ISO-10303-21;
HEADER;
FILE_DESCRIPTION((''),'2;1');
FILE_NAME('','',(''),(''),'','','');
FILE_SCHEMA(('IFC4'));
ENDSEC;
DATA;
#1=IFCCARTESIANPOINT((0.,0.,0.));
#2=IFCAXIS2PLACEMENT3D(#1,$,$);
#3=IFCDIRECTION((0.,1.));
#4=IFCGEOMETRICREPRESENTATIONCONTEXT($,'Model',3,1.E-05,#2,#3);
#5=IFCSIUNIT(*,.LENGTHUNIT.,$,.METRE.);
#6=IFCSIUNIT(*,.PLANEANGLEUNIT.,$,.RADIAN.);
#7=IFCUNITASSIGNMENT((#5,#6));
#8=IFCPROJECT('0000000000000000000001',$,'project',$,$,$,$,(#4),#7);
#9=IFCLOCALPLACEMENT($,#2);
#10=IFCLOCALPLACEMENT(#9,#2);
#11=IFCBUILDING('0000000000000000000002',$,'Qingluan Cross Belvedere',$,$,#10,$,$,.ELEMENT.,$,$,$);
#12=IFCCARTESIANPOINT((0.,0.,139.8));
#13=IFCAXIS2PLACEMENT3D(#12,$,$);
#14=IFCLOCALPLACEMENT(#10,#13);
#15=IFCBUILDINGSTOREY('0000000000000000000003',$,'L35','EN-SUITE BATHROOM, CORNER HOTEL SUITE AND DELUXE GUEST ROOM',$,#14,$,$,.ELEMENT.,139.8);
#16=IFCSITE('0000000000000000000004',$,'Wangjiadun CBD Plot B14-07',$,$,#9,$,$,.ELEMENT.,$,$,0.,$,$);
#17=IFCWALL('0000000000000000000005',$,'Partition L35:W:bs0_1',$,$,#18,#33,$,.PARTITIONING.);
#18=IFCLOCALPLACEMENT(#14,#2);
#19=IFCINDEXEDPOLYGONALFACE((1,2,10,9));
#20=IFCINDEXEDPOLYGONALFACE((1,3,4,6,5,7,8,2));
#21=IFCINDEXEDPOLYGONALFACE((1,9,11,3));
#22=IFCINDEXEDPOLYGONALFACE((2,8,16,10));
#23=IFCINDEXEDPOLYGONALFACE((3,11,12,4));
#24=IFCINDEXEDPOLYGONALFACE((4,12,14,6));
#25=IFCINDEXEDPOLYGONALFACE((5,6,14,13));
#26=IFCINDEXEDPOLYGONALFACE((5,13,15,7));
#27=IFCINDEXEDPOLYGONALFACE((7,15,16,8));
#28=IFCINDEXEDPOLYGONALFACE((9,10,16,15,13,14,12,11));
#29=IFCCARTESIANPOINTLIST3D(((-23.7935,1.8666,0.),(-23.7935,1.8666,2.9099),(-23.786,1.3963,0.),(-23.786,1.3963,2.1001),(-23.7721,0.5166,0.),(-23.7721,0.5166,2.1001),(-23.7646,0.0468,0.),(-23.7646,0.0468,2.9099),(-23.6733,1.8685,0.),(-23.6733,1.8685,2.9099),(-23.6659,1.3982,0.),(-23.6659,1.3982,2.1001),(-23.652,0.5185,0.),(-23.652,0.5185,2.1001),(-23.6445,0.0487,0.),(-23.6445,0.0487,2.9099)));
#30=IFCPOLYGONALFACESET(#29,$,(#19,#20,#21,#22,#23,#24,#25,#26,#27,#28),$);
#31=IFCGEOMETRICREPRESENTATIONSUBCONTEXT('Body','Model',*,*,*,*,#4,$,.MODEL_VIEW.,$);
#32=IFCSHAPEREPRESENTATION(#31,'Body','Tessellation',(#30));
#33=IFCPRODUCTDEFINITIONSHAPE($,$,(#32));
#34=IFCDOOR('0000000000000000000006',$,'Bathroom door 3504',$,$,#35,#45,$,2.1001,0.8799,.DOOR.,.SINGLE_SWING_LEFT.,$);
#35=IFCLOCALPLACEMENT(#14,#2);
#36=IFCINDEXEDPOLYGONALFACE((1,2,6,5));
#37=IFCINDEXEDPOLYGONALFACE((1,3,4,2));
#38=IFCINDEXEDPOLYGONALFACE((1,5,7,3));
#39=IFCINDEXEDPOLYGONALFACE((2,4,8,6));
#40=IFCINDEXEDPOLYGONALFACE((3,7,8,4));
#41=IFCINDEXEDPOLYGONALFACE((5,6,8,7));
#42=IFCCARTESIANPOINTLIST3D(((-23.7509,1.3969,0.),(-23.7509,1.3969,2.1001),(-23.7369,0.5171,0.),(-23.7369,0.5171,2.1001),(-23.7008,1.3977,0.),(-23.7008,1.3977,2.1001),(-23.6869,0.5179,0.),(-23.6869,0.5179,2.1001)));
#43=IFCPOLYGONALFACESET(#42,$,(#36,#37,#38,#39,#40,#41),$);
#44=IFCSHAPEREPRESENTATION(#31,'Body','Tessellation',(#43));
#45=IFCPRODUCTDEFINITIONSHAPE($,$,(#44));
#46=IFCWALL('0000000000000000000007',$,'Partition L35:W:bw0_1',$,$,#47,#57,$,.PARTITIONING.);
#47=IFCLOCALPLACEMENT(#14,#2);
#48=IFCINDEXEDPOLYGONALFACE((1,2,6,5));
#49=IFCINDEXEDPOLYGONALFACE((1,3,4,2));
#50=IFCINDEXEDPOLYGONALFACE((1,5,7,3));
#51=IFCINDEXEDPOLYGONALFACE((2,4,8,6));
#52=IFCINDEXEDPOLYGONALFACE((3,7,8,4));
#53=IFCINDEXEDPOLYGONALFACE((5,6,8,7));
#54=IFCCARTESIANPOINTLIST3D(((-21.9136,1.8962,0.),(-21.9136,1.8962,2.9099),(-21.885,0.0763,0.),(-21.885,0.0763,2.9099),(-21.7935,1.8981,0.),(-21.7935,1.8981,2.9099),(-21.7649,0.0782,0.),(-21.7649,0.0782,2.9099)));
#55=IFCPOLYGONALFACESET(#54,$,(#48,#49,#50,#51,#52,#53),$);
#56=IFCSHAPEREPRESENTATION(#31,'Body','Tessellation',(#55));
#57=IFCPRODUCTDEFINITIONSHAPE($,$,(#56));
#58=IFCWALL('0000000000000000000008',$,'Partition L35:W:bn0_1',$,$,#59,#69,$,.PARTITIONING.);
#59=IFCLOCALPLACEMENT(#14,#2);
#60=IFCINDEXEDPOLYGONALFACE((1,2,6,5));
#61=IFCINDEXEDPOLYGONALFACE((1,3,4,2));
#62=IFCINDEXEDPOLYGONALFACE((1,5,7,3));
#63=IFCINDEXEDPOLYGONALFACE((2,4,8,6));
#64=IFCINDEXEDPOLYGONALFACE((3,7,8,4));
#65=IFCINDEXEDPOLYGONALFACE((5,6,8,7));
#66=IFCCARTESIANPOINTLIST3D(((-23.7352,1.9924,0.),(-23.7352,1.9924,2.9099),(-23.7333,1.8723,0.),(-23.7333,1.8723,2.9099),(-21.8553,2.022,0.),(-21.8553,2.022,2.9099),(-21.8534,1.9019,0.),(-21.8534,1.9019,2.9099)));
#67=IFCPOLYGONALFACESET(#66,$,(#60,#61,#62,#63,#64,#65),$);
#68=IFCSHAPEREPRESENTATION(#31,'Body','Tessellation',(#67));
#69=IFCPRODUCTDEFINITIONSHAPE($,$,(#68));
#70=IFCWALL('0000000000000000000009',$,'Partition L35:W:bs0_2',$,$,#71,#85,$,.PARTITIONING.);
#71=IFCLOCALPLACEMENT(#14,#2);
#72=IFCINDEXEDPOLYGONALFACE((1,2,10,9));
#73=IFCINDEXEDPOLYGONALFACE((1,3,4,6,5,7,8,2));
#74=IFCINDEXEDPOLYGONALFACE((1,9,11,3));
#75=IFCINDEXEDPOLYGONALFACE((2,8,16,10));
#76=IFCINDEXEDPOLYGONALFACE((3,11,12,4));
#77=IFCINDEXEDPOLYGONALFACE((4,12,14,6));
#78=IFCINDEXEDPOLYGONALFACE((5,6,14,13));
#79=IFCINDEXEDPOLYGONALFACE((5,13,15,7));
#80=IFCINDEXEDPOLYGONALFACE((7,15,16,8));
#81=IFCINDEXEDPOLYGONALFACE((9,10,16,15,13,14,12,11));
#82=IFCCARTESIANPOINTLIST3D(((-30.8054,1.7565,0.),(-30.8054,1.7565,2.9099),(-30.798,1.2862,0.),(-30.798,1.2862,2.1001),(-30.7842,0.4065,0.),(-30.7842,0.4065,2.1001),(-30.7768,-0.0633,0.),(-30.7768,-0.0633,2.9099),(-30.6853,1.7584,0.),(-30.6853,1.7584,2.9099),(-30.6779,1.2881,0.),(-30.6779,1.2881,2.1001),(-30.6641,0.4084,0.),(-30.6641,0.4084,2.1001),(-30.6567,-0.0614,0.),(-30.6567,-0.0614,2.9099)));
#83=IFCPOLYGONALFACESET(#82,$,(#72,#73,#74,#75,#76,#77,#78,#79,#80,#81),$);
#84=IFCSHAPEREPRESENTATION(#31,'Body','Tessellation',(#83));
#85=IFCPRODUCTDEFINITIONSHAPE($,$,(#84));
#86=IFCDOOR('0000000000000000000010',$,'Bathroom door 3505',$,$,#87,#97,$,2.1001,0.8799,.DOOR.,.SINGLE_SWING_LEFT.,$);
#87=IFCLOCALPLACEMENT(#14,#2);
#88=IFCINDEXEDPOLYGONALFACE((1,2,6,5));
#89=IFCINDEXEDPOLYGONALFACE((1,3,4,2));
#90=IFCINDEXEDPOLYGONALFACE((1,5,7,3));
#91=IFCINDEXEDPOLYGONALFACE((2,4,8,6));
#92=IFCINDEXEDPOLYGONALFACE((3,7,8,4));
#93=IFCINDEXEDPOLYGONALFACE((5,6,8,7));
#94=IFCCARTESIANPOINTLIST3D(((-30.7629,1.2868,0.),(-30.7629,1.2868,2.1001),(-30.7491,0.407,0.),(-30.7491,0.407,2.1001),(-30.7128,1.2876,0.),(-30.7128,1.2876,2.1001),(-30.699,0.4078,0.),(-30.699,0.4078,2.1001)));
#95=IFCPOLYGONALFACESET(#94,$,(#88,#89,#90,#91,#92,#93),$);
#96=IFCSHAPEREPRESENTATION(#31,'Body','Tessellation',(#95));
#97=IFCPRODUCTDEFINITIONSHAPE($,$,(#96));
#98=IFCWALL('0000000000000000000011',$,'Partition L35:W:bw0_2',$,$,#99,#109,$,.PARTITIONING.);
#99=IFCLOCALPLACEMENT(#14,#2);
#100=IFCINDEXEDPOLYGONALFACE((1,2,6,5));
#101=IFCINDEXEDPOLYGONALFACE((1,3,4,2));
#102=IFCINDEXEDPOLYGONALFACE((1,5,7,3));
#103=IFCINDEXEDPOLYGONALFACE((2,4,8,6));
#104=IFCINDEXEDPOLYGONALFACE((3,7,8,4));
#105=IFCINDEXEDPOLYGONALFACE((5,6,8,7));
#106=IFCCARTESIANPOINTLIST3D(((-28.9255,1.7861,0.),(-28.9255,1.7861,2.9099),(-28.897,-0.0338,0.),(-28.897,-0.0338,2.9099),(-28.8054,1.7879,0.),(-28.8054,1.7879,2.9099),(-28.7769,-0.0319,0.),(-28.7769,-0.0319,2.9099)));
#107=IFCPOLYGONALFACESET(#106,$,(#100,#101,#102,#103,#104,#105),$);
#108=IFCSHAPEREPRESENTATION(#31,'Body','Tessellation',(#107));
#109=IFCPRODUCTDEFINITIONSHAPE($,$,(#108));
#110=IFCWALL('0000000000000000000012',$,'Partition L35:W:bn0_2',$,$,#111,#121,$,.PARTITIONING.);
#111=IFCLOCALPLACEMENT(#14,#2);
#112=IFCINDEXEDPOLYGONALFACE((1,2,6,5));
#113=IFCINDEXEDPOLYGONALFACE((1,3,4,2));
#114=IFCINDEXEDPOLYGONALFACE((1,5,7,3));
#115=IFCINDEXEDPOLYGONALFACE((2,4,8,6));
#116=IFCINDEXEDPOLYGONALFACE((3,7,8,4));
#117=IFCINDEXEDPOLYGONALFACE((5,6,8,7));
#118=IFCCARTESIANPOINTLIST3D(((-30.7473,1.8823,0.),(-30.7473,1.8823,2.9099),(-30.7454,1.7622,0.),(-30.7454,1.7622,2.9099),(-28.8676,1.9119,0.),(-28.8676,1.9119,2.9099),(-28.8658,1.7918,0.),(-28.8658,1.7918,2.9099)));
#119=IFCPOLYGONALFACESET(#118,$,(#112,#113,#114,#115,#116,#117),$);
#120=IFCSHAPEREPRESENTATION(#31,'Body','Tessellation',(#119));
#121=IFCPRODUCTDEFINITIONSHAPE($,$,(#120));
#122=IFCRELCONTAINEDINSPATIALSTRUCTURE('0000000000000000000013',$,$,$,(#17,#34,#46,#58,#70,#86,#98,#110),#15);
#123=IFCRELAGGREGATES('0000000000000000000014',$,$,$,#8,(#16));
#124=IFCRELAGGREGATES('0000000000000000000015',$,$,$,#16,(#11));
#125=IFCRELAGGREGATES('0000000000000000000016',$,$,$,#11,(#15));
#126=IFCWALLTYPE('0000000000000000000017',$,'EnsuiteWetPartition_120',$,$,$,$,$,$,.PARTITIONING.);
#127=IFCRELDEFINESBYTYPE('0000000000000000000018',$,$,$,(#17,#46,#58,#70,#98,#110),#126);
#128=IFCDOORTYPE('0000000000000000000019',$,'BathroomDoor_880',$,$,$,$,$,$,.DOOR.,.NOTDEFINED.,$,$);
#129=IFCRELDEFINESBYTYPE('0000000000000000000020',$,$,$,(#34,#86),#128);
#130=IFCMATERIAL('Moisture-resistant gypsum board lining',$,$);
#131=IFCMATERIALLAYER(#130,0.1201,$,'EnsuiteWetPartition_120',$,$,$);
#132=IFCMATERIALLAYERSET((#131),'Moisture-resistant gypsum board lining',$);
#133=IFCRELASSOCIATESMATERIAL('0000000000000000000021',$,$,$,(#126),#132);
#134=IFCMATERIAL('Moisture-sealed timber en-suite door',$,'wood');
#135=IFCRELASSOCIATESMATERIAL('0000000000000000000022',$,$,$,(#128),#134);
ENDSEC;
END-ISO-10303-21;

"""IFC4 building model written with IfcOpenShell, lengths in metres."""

from ifc_helpers import new_model, si_unit, direction, frame, frame_2d, origin, place, context, subcontext, project, spatial, rectangle, extrude, material, layer, layer_set, type_object, element, fill, save


model = new_model("IFC4")

# Units and contexts
model_context = context("Model", 3, precision=1e-05, world=origin(), true_north=direction((0.0, 1.0)))
body_context = subcontext(model_context, "Body", "Model", "MODEL_VIEW")
ifc_project = project(units=[si_unit("LENGTHUNIT", "METRE"), si_unit("PLANEANGLEUNIT", "RADIAN")], contexts=[model_context])

# Site, building, storey
site_placement = place(None, origin())
site = spatial("IfcSite", under=ifc_project, at=site_placement, Name="Wangjiadun CBD Plot B14-07", CompositionType="ELEMENT", RefElevation=0.0)
building_placement = place(site_placement, origin())
building = spatial("IfcBuilding", under=site, at=building_placement, Name="Qingluan Cross Belvedere", CompositionType="ELEMENT")
storey_placement = place(building_placement, frame((0.0, 0.0, 139.8)))
storey = spatial("IfcBuildingStorey", under=building, at=storey_placement, Name="L35", Description="EN-SUITE BATHROOM, CORNER HOTEL SUITE AND DELUXE GUEST ROOM", CompositionType="ELEMENT", Elevation=139.8)

# Shared definitions
ifc_material_1 = material(Name="Moisture-resistant gypsum board lining")
ifc_layer_1 = layer(ifc_material_1, 0.1201, Name="EnsuiteWetPartition_120")
ifc_layer_set_1 = layer_set([ifc_layer_1], Name="Moisture-resistant gypsum board lining")
wall_type_1 = type_object("IfcWallType", Name="EnsuiteWetPartition_120", PredefinedType="PARTITIONING", material=ifc_layer_set_1)
ifc_material_2 = material(Name="Moisture-sealed timber en-suite door", Category="wood")
door_type = type_object("IfcDoorType", Name="BathroomDoor_880", OperationType="NOTDEFINED", PredefinedType="DOOR", material=ifc_material_2)

# Wall, opening, door
wall_1_placement = place(storey_placement, frame((-23.7046, 0.0476, 0.0), z_axis=(0.0, 0.0, 1.0), x_axis=(-0.015828, 0.999875, 0.0)))
wall_1 = element("IfcWall", 1, at=wall_1_placement, inside=storey, type_object=wall_type_1, Name="Partition L35:W:bs0_1", PredefinedType="PARTITIONING", context=body_context, shape_type="SweptSolid", body=[
    extrude(rectangle(XDim=1.8201, YDim=0.1201, at=frame_2d((0.9102, 0.0))), origin(), (0.0, 0.0, 1.0), 2.9099),
])
opening_1_placement = place(wall_1_placement, frame((0.47, 0.0, 0.0)))
opening_1 = element("IfcOpeningElement", 2, at=opening_1_placement, cuts=wall_1, PredefinedType="OPENING", context=body_context, shape_type="SweptSolid", body=[
    extrude(rectangle(XDim=0.8799, YDim=2.1001, at=frame_2d((0.4399, 1.05))), frame((0.0, 0.0701, 0.0), z_axis=(0.0, -1.0, 0.0), x_axis=(1.0, 0.0, 0.0)), (0.0, 0.0, 1.0), 0.1401),
])
door_1_placement = place(opening_1_placement, origin())
door_1 = element("IfcDoor", 3, at=door_1_placement, inside=storey, type_object=door_type, Name="Bathroom door 3504", OperationType="SINGLE_SWING_LEFT", OverallHeight=2.1001, OverallWidth=0.8799, PredefinedType="DOOR", context=body_context, shape_type="SweptSolid", body=[
    extrude(rectangle(XDim=0.8799, YDim=2.1001, at=frame_2d((0.4399, 1.05))), frame((0.0, 0.0249, 0.0), z_axis=(0.0, -1.0, 0.0), x_axis=(1.0, 0.0, 0.0)), (0.0, 0.0, 1.0), 0.05),
])
fill(opening_1, door_1)

# Walls
wall_2_placement = place(storey_placement, frame((-21.825, 0.0771, 0.0), z_axis=(0.0, 0.0, 1.0), x_axis=(-0.015694, 0.999877, 0.0)))
element("IfcWall", 4, at=wall_2_placement, inside=storey, type_object=wall_type_1, Name="Partition L35:W:bw0_1", PredefinedType="PARTITIONING", context=body_context, shape_type="SweptSolid", body=[
    extrude(rectangle(XDim=1.8201, YDim=0.1201, at=frame_2d((0.9102, 0.0))), origin(), (0.0, 0.0, 1.0), 2.9099),
])
wall_3_placement = place(storey_placement, frame((-21.8545, 1.9619, 0.0), z_axis=(0.0, 0.0, 1.0), x_axis=(-0.999877, -0.015712, 0.0)))
element("IfcWall", 5, at=wall_3_placement, inside=storey, type_object=wall_type_1, Name="Partition L35:W:bn0_1", PredefinedType="PARTITIONING", context=body_context, shape_type="SweptSolid", body=[
    extrude(rectangle(XDim=1.8801, YDim=0.1201, at=frame_2d((0.9399, 0.0))), origin(), (0.0, 0.0, 1.0), 2.9099),
])

# Wall, opening, door
wall_4_placement = place(storey_placement, frame((-30.7168, -0.0625, 0.0), z_axis=(0.0, 0.0, 1.0), x_axis=(-0.015694, 0.999877, 0.0)))
wall_4 = element("IfcWall", 6, at=wall_4_placement, inside=storey, type_object=wall_type_1, Name="Partition L35:W:bs0_2", PredefinedType="PARTITIONING", context=body_context, shape_type="SweptSolid", body=[
    extrude(rectangle(XDim=1.8201, YDim=0.1201, at=frame_2d((0.9102, 0.0))), origin(), (0.0, 0.0, 1.0), 2.9099),
])
opening_2_placement = place(wall_4_placement, frame((0.47, 0.0, 0.0)))
opening_2 = element("IfcOpeningElement", 7, at=opening_2_placement, cuts=wall_4, PredefinedType="OPENING", context=body_context, shape_type="SweptSolid", body=[
    extrude(rectangle(XDim=0.8799, YDim=2.1001, at=frame_2d((0.4399, 1.05))), frame((0.0, 0.0701, 0.0), z_axis=(0.0, -1.0, 0.0), x_axis=(1.0, 0.0, 0.0)), (0.0, 0.0, 1.0), 0.1401),
])
door_2_placement = place(opening_2_placement, origin())
door_2 = element("IfcDoor", 8, at=door_2_placement, inside=storey, type_object=door_type, Name="Bathroom door 3505", OperationType="SINGLE_SWING_LEFT", OverallHeight=2.1001, OverallWidth=0.8799, PredefinedType="DOOR", context=body_context, shape_type="SweptSolid", body=[
    extrude(rectangle(XDim=0.8799, YDim=2.1001, at=frame_2d((0.4399, 1.05))), frame((0.0, 0.0249, 0.0), z_axis=(0.0, -1.0, 0.0), x_axis=(1.0, 0.0, 0.0)), (0.0, 0.0, 1.0), 0.05),
])
fill(opening_2, door_2)

# Walls
wall_5_placement = place(storey_placement, frame((-28.8369, -0.033, 0.0), z_axis=(0.0, 0.0, 1.0), x_axis=(-0.015694, 0.999877, 0.0)))
element("IfcWall", 9, at=wall_5_placement, inside=storey, type_object=wall_type_1, Name="Partition L35:W:bw0_2", PredefinedType="PARTITIONING", context=body_context, shape_type="SweptSolid", body=[
    extrude(rectangle(XDim=1.8201, YDim=0.1201, at=frame_2d((0.9102, 0.0))), origin(), (0.0, 0.0, 1.0), 2.9099),
])
wall_6_placement = place(storey_placement, frame((-28.8667, 1.8518, 0.0), z_axis=(0.0, 0.0, 1.0), x_axis=(-0.999877, -0.015714, 0.0)))
element("IfcWall", 10, at=wall_6_placement, inside=storey, type_object=wall_type_1, Name="Partition L35:W:bn0_2", PredefinedType="PARTITIONING", context=body_context, shape_type="SweptSolid", body=[
    extrude(rectangle(XDim=1.8799, YDim=0.1201, at=frame_2d((0.9399, 0.0))), origin(), (0.0, 0.0, 1.0), 2.9099),
])

save(model, "model.ifc")
